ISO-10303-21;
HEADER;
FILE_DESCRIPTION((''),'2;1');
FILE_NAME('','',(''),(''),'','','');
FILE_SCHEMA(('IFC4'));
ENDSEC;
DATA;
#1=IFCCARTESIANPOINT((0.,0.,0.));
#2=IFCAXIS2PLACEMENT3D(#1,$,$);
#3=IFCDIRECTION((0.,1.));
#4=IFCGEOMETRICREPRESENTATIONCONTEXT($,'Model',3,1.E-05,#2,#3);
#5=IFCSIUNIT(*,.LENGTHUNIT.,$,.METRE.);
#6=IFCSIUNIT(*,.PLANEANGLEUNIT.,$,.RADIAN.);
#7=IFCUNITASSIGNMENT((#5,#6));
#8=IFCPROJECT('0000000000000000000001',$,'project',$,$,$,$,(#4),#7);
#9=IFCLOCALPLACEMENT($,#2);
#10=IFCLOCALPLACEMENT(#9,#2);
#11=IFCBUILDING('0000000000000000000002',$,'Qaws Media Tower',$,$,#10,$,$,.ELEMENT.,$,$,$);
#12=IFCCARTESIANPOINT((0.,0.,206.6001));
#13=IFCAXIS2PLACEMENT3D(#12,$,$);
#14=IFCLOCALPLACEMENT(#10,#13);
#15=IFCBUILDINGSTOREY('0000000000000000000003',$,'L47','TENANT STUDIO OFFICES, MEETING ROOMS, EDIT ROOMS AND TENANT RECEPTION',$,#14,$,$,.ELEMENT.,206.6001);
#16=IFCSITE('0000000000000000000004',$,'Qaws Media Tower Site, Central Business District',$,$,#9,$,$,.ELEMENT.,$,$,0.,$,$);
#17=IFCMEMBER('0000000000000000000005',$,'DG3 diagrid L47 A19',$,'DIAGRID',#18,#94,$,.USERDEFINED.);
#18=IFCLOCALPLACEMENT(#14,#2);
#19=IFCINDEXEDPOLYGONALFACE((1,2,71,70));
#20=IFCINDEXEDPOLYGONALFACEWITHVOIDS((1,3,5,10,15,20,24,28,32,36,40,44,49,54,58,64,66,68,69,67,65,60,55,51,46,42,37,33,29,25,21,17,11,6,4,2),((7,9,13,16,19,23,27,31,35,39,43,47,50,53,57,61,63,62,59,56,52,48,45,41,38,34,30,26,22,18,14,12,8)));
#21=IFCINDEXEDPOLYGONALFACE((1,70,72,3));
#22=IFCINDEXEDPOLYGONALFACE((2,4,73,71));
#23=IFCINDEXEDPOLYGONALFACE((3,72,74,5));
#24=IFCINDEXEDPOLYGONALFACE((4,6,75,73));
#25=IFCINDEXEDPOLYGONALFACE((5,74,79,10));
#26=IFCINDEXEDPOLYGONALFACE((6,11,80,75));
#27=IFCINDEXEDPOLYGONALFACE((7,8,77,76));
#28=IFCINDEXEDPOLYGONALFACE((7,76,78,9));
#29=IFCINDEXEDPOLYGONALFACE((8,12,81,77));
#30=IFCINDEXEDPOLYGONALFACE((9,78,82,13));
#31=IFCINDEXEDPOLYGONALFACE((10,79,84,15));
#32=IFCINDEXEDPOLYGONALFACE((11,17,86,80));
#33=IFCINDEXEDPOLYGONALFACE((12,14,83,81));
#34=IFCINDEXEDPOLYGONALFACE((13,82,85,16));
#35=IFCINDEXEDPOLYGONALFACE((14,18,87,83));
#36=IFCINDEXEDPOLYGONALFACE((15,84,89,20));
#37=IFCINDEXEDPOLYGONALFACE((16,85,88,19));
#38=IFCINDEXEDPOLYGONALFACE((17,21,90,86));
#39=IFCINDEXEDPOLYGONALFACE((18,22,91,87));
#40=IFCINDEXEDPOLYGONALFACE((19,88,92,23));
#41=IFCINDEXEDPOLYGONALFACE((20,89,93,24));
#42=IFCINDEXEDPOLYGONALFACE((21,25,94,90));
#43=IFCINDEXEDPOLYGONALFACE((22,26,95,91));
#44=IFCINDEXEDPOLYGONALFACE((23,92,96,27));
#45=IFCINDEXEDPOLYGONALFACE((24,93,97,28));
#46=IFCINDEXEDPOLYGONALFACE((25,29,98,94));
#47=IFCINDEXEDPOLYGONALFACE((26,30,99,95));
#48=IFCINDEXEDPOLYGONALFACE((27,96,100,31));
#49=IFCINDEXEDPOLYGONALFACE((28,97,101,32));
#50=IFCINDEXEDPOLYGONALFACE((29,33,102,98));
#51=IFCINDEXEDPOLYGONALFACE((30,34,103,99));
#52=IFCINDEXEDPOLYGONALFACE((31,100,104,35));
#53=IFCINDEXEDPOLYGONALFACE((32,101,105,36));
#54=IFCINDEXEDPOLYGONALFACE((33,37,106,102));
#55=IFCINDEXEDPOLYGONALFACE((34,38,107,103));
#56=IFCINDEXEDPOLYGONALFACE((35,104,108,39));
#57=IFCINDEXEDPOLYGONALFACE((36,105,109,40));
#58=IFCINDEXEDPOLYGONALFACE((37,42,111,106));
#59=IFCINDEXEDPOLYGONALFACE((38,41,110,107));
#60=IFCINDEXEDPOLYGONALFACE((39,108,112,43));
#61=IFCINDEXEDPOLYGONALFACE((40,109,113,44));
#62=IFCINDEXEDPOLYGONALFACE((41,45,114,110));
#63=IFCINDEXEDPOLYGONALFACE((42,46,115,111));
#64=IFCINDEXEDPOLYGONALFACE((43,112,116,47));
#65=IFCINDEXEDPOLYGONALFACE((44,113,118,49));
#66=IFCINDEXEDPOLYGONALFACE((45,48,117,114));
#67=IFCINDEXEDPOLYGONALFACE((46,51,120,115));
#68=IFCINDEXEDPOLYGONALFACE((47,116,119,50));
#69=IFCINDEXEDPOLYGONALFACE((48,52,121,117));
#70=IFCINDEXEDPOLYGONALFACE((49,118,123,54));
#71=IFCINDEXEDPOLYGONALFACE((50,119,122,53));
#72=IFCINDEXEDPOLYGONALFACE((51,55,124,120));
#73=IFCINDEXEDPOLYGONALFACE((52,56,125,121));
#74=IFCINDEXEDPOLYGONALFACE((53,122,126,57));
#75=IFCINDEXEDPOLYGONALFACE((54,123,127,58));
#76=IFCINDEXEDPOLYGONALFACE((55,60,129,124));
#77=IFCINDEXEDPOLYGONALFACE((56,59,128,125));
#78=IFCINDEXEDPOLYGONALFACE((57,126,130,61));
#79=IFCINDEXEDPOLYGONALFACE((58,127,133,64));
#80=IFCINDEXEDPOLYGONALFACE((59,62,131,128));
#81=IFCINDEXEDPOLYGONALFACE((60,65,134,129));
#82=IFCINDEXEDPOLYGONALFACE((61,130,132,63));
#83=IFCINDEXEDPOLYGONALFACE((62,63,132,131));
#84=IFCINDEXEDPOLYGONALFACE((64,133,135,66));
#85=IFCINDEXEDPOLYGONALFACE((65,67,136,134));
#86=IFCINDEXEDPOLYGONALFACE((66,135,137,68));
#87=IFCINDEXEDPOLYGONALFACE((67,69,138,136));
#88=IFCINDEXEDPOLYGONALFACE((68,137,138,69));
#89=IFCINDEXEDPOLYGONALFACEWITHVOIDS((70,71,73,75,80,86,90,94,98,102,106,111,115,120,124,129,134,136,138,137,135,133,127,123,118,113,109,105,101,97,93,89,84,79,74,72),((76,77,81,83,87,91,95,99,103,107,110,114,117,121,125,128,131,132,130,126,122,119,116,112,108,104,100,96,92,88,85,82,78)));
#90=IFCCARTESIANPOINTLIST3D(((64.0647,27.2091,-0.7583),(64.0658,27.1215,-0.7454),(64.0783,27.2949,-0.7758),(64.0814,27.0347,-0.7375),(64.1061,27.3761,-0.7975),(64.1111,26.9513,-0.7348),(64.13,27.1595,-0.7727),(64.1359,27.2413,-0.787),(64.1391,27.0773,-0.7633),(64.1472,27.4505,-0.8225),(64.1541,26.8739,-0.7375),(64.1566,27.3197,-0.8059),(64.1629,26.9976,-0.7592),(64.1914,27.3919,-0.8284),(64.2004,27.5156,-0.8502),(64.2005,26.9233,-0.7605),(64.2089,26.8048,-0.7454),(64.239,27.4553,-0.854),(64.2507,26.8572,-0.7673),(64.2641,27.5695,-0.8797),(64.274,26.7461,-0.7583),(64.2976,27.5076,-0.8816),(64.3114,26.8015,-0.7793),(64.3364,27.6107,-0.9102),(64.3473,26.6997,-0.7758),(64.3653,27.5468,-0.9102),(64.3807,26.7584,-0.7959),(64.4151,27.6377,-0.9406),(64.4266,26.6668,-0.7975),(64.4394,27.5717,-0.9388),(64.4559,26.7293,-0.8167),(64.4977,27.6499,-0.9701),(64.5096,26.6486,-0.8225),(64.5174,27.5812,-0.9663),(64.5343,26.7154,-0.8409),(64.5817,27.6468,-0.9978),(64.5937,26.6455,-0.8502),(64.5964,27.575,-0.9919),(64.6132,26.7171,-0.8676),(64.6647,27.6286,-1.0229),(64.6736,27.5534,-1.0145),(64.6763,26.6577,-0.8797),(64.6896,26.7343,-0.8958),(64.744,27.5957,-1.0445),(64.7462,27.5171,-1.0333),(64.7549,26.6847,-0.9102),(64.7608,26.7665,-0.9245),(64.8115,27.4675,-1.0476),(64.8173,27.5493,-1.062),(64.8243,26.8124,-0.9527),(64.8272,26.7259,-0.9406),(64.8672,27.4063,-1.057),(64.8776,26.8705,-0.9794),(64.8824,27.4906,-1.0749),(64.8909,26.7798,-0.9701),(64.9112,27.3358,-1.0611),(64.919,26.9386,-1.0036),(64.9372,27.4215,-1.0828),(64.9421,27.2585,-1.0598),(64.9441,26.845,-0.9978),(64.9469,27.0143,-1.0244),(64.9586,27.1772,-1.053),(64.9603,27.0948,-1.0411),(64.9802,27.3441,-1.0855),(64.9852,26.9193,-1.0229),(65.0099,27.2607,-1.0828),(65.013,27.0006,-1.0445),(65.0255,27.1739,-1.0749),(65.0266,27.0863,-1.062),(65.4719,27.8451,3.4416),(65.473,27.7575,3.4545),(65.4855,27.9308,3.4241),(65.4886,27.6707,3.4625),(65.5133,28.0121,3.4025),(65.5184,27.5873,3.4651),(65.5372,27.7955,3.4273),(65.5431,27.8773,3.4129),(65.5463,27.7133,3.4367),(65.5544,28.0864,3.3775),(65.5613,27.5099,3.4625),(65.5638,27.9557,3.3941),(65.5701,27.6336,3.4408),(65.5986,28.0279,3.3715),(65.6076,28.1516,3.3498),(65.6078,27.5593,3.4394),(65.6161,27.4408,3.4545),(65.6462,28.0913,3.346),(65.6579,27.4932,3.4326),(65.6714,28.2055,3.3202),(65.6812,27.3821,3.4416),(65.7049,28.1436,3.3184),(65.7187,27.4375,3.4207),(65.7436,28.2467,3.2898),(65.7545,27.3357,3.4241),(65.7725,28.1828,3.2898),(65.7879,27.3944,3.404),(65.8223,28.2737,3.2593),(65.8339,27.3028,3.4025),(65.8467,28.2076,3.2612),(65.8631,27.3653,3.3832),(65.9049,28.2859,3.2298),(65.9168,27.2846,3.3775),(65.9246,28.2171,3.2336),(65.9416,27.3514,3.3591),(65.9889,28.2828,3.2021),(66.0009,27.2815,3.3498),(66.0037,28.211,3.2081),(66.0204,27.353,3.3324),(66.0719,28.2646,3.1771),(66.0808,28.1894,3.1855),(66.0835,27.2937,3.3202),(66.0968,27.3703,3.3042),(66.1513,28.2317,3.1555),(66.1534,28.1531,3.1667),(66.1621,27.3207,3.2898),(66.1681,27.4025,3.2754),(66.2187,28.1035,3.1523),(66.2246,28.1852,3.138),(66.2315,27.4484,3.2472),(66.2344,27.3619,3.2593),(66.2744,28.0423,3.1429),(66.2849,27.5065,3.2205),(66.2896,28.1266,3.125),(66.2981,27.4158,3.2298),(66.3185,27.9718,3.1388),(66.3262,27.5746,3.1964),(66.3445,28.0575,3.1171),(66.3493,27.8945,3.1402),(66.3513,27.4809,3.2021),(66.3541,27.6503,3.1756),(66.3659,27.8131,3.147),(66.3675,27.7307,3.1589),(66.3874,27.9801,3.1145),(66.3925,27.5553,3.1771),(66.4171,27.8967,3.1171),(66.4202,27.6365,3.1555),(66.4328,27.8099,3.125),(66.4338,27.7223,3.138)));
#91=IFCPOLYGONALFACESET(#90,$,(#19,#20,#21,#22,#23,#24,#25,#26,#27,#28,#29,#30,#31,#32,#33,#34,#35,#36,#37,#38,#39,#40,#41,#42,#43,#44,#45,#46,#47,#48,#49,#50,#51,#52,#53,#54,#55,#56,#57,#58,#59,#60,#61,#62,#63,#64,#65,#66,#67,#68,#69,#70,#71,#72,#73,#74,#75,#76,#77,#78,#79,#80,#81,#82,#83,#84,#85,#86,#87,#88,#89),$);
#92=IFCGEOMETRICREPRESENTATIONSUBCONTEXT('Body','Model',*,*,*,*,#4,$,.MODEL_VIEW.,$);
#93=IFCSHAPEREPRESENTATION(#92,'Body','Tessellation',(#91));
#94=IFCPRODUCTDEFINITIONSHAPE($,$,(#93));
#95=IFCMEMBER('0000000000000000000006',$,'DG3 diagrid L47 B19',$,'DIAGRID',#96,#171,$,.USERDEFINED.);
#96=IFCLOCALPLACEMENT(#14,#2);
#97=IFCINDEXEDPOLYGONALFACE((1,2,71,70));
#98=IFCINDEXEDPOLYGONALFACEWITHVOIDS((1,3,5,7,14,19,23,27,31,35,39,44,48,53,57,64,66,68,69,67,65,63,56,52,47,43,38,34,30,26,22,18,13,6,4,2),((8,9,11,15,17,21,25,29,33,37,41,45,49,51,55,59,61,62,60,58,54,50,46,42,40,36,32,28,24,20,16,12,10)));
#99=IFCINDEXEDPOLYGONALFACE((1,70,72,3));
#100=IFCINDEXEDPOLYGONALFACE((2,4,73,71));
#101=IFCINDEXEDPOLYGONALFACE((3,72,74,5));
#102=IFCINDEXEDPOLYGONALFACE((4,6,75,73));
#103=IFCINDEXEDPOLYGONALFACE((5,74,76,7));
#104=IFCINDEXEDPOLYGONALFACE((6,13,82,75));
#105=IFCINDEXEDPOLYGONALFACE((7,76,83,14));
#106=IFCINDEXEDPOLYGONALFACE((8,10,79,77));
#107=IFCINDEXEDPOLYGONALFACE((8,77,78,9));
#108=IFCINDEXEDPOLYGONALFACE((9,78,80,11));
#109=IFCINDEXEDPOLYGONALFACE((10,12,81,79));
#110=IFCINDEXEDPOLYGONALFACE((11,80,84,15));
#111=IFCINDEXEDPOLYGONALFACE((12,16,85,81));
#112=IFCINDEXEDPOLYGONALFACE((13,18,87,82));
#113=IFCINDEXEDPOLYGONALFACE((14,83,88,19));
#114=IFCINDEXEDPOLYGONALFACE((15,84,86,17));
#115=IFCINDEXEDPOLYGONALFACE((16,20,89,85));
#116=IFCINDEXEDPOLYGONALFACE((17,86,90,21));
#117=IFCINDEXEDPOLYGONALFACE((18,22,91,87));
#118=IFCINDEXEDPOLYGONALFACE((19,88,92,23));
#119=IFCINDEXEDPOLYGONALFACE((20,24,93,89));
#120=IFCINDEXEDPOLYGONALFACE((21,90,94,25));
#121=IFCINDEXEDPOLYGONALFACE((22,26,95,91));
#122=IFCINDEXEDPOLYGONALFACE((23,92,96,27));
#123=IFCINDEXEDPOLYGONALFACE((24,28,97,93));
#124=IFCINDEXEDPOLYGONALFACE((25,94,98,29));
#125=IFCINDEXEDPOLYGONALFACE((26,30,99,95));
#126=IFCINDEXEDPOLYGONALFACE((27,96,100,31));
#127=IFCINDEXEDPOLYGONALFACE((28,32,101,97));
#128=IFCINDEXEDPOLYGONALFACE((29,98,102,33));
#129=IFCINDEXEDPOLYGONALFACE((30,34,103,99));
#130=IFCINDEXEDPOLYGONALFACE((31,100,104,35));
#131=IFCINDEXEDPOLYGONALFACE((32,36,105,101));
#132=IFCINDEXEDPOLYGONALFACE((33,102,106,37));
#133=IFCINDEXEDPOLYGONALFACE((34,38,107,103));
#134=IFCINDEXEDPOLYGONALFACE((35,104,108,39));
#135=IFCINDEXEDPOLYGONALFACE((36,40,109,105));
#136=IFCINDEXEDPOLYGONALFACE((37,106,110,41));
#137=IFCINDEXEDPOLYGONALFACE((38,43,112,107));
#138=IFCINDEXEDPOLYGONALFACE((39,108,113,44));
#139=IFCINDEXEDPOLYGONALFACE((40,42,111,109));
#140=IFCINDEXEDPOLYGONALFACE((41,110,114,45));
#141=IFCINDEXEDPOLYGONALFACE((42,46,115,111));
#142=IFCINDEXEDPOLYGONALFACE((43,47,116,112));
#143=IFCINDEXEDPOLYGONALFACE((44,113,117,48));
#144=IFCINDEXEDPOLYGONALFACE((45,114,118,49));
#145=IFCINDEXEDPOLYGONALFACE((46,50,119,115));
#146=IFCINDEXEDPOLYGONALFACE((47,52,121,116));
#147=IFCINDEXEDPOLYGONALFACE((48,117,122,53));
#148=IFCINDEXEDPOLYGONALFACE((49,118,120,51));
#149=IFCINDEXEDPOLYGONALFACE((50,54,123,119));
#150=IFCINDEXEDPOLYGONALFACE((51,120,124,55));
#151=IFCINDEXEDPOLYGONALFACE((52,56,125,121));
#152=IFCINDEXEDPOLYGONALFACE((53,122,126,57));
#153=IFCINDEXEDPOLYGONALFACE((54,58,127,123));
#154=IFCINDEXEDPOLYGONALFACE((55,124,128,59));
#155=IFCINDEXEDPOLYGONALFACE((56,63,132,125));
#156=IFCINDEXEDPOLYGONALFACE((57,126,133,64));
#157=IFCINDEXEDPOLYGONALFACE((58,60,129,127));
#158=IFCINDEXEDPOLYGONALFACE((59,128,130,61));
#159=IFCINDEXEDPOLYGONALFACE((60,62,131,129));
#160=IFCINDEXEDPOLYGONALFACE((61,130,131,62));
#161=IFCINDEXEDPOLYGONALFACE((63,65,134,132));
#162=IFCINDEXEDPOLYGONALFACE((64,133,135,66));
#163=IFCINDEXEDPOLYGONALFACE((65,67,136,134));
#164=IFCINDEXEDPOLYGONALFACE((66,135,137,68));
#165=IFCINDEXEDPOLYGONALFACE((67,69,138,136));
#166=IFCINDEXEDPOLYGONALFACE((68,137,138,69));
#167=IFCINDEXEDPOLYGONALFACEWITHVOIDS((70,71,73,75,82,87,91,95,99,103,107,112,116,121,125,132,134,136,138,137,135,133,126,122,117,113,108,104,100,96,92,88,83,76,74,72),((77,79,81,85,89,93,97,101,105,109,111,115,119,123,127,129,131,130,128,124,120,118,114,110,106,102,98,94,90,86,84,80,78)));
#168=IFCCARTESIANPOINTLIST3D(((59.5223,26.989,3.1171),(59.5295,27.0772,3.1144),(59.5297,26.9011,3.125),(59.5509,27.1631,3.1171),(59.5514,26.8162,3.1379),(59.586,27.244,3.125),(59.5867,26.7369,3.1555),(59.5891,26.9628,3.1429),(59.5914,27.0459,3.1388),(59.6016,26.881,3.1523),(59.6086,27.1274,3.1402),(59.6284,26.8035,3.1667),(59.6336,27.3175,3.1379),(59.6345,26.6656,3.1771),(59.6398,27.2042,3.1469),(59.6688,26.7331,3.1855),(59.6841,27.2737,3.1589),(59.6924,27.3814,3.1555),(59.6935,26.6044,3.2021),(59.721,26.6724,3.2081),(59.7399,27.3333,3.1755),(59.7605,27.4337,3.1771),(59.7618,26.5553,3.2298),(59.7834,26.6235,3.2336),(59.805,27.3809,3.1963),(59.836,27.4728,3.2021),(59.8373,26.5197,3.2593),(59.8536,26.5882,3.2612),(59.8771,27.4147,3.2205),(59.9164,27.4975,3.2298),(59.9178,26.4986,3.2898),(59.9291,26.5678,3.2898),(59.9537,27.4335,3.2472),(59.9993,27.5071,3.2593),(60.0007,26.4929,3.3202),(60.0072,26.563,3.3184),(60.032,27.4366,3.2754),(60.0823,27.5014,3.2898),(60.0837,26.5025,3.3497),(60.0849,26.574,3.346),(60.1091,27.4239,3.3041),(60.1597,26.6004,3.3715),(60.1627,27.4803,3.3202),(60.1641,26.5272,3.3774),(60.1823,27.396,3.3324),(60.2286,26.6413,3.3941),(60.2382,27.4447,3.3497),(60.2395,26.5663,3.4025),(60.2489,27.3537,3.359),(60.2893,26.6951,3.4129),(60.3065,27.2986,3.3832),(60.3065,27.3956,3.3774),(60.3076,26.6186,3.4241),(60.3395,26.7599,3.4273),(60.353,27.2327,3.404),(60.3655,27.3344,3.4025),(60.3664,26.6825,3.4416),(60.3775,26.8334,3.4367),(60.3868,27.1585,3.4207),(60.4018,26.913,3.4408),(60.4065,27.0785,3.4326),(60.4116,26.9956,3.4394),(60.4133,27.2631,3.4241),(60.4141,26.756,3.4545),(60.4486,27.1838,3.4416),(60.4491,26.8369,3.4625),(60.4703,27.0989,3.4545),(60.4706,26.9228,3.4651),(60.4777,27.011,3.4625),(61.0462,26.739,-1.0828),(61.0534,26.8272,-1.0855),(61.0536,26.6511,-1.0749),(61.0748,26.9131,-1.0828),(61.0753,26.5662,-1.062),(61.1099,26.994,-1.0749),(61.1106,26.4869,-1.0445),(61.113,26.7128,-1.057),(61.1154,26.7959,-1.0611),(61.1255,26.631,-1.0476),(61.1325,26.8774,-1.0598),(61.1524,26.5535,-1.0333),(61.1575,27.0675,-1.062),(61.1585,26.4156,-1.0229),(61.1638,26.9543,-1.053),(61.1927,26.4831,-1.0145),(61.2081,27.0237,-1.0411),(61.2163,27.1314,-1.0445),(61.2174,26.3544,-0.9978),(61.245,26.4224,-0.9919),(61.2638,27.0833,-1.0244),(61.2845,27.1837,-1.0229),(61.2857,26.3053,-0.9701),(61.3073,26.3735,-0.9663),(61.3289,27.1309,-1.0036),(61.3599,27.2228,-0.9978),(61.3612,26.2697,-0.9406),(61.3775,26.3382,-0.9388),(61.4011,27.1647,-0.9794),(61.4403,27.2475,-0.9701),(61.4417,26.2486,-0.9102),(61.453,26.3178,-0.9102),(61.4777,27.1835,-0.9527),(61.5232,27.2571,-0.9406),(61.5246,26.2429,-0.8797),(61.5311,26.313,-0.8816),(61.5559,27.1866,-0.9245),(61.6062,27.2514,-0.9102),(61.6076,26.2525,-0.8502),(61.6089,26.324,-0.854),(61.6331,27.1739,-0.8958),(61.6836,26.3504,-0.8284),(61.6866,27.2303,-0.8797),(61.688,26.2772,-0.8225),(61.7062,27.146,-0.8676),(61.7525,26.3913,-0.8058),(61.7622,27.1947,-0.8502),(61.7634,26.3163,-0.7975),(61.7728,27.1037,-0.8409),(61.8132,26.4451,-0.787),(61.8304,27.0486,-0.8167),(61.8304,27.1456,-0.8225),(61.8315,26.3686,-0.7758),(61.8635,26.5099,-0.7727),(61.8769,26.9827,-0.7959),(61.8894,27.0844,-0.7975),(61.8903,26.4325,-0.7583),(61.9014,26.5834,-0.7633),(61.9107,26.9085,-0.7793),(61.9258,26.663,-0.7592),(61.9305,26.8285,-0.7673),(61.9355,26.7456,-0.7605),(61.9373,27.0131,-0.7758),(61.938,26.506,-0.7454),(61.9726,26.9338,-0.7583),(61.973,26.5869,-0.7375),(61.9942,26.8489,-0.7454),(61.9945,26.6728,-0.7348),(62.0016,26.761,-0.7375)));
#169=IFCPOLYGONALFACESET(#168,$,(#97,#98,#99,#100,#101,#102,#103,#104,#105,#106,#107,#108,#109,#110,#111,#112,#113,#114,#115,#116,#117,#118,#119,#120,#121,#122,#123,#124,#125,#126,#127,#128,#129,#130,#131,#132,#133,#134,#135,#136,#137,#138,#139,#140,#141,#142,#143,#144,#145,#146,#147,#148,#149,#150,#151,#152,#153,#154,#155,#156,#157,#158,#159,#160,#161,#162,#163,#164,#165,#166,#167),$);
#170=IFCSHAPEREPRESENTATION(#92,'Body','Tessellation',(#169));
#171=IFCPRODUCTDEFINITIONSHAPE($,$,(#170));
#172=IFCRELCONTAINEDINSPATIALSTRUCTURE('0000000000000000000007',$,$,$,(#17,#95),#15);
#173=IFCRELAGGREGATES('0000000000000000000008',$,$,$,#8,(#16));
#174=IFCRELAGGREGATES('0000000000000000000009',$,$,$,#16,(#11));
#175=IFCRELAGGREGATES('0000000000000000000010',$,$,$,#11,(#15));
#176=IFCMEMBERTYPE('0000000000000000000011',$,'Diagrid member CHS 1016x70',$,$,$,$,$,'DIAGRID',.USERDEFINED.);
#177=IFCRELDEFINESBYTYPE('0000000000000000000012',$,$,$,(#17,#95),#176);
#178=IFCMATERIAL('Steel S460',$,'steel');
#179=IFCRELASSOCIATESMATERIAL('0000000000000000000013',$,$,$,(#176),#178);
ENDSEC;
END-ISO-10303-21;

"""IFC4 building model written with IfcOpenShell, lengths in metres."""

from ifc_helpers import new_model, si_unit, direction, frame, origin, origin_2d, place, context, subcontext, project, spatial, hollow_circle, extrude, material, material_profile, profile_set, type_object, element, save


model = new_model("IFC4")

# Units and contexts
model_context = context("Model", 3, precision=1e-05, world=origin(), true_north=direction((0.0, 1.0)))
body_context = subcontext(model_context, "Body", "Model", "MODEL_VIEW")
ifc_project = project(units=[si_unit("LENGTHUNIT", "METRE"), si_unit("PLANEANGLEUNIT", "RADIAN")], contexts=[model_context])

# Site, building, storey
site_placement = place(None, origin())
site = spatial("IfcSite", under=ifc_project, at=site_placement, Name="Qaws Media Tower Site, Central Business District", CompositionType="ELEMENT", RefElevation=0.0)
building_placement = place(site_placement, origin())
building = spatial("IfcBuilding", under=site, at=building_placement, Name="Qaws Media Tower", CompositionType="ELEMENT")
storey_placement = place(building_placement, frame((0.0, 0.0, 206.6001)))
storey = spatial("IfcBuildingStorey", under=building, at=storey_placement, Name="L47", Description="TENANT STUDIO OFFICES, MEETING ROOMS, EDIT ROOMS AND TENANT RECEPTION", CompositionType="ELEMENT", Elevation=206.6001)

# Members
ifc_material_1 = material(Name="Steel S460", Category="steel")
ifc_material_profile_1 = material_profile(ifc_material_1, hollow_circle(Radius=0.5081, WallThickness=0.0701, at=origin_2d()), Name="CHS 1016x70")
ifc_profile_set_1 = profile_set([ifc_material_profile_1], Name="Steel S460")
member_type_1 = type_object("IfcMemberType", Name="Diagrid member CHS 1016x70", ElementType="DIAGRID", PredefinedType="USERDEFINED", material=ifc_profile_set_1)
for number, where, z_axis, x_axis, name in (
    (1, (64.5457, 27.1477, -0.9102), (0.314474, 0.142124, 0.938566), (-0.411837, 0.911258, 0.0), "DG3 diagrid L47 A19"),
    (2, (61.5239, 26.75, -0.9102), (-0.340552, 0.055868, 0.938564), (-0.161886, -0.986809, 0.0), "DG3 diagrid L47 B19"),
):
    element("IfcMember", number, at=place(storey_placement, frame(where, z_axis=z_axis, x_axis=x_axis)), inside=storey, type_object=member_type_1, Name=name, ObjectType="DIAGRID", PredefinedType="USERDEFINED", context=body_context, shape_type="SweptSolid", body=[
        extrude(hollow_circle(Radius=0.5081, WallThickness=0.0701, at=origin_2d()), origin(), (0.0, 0.0, 1.0), 4.4749),
    ])

save(model, "model.ifc")
